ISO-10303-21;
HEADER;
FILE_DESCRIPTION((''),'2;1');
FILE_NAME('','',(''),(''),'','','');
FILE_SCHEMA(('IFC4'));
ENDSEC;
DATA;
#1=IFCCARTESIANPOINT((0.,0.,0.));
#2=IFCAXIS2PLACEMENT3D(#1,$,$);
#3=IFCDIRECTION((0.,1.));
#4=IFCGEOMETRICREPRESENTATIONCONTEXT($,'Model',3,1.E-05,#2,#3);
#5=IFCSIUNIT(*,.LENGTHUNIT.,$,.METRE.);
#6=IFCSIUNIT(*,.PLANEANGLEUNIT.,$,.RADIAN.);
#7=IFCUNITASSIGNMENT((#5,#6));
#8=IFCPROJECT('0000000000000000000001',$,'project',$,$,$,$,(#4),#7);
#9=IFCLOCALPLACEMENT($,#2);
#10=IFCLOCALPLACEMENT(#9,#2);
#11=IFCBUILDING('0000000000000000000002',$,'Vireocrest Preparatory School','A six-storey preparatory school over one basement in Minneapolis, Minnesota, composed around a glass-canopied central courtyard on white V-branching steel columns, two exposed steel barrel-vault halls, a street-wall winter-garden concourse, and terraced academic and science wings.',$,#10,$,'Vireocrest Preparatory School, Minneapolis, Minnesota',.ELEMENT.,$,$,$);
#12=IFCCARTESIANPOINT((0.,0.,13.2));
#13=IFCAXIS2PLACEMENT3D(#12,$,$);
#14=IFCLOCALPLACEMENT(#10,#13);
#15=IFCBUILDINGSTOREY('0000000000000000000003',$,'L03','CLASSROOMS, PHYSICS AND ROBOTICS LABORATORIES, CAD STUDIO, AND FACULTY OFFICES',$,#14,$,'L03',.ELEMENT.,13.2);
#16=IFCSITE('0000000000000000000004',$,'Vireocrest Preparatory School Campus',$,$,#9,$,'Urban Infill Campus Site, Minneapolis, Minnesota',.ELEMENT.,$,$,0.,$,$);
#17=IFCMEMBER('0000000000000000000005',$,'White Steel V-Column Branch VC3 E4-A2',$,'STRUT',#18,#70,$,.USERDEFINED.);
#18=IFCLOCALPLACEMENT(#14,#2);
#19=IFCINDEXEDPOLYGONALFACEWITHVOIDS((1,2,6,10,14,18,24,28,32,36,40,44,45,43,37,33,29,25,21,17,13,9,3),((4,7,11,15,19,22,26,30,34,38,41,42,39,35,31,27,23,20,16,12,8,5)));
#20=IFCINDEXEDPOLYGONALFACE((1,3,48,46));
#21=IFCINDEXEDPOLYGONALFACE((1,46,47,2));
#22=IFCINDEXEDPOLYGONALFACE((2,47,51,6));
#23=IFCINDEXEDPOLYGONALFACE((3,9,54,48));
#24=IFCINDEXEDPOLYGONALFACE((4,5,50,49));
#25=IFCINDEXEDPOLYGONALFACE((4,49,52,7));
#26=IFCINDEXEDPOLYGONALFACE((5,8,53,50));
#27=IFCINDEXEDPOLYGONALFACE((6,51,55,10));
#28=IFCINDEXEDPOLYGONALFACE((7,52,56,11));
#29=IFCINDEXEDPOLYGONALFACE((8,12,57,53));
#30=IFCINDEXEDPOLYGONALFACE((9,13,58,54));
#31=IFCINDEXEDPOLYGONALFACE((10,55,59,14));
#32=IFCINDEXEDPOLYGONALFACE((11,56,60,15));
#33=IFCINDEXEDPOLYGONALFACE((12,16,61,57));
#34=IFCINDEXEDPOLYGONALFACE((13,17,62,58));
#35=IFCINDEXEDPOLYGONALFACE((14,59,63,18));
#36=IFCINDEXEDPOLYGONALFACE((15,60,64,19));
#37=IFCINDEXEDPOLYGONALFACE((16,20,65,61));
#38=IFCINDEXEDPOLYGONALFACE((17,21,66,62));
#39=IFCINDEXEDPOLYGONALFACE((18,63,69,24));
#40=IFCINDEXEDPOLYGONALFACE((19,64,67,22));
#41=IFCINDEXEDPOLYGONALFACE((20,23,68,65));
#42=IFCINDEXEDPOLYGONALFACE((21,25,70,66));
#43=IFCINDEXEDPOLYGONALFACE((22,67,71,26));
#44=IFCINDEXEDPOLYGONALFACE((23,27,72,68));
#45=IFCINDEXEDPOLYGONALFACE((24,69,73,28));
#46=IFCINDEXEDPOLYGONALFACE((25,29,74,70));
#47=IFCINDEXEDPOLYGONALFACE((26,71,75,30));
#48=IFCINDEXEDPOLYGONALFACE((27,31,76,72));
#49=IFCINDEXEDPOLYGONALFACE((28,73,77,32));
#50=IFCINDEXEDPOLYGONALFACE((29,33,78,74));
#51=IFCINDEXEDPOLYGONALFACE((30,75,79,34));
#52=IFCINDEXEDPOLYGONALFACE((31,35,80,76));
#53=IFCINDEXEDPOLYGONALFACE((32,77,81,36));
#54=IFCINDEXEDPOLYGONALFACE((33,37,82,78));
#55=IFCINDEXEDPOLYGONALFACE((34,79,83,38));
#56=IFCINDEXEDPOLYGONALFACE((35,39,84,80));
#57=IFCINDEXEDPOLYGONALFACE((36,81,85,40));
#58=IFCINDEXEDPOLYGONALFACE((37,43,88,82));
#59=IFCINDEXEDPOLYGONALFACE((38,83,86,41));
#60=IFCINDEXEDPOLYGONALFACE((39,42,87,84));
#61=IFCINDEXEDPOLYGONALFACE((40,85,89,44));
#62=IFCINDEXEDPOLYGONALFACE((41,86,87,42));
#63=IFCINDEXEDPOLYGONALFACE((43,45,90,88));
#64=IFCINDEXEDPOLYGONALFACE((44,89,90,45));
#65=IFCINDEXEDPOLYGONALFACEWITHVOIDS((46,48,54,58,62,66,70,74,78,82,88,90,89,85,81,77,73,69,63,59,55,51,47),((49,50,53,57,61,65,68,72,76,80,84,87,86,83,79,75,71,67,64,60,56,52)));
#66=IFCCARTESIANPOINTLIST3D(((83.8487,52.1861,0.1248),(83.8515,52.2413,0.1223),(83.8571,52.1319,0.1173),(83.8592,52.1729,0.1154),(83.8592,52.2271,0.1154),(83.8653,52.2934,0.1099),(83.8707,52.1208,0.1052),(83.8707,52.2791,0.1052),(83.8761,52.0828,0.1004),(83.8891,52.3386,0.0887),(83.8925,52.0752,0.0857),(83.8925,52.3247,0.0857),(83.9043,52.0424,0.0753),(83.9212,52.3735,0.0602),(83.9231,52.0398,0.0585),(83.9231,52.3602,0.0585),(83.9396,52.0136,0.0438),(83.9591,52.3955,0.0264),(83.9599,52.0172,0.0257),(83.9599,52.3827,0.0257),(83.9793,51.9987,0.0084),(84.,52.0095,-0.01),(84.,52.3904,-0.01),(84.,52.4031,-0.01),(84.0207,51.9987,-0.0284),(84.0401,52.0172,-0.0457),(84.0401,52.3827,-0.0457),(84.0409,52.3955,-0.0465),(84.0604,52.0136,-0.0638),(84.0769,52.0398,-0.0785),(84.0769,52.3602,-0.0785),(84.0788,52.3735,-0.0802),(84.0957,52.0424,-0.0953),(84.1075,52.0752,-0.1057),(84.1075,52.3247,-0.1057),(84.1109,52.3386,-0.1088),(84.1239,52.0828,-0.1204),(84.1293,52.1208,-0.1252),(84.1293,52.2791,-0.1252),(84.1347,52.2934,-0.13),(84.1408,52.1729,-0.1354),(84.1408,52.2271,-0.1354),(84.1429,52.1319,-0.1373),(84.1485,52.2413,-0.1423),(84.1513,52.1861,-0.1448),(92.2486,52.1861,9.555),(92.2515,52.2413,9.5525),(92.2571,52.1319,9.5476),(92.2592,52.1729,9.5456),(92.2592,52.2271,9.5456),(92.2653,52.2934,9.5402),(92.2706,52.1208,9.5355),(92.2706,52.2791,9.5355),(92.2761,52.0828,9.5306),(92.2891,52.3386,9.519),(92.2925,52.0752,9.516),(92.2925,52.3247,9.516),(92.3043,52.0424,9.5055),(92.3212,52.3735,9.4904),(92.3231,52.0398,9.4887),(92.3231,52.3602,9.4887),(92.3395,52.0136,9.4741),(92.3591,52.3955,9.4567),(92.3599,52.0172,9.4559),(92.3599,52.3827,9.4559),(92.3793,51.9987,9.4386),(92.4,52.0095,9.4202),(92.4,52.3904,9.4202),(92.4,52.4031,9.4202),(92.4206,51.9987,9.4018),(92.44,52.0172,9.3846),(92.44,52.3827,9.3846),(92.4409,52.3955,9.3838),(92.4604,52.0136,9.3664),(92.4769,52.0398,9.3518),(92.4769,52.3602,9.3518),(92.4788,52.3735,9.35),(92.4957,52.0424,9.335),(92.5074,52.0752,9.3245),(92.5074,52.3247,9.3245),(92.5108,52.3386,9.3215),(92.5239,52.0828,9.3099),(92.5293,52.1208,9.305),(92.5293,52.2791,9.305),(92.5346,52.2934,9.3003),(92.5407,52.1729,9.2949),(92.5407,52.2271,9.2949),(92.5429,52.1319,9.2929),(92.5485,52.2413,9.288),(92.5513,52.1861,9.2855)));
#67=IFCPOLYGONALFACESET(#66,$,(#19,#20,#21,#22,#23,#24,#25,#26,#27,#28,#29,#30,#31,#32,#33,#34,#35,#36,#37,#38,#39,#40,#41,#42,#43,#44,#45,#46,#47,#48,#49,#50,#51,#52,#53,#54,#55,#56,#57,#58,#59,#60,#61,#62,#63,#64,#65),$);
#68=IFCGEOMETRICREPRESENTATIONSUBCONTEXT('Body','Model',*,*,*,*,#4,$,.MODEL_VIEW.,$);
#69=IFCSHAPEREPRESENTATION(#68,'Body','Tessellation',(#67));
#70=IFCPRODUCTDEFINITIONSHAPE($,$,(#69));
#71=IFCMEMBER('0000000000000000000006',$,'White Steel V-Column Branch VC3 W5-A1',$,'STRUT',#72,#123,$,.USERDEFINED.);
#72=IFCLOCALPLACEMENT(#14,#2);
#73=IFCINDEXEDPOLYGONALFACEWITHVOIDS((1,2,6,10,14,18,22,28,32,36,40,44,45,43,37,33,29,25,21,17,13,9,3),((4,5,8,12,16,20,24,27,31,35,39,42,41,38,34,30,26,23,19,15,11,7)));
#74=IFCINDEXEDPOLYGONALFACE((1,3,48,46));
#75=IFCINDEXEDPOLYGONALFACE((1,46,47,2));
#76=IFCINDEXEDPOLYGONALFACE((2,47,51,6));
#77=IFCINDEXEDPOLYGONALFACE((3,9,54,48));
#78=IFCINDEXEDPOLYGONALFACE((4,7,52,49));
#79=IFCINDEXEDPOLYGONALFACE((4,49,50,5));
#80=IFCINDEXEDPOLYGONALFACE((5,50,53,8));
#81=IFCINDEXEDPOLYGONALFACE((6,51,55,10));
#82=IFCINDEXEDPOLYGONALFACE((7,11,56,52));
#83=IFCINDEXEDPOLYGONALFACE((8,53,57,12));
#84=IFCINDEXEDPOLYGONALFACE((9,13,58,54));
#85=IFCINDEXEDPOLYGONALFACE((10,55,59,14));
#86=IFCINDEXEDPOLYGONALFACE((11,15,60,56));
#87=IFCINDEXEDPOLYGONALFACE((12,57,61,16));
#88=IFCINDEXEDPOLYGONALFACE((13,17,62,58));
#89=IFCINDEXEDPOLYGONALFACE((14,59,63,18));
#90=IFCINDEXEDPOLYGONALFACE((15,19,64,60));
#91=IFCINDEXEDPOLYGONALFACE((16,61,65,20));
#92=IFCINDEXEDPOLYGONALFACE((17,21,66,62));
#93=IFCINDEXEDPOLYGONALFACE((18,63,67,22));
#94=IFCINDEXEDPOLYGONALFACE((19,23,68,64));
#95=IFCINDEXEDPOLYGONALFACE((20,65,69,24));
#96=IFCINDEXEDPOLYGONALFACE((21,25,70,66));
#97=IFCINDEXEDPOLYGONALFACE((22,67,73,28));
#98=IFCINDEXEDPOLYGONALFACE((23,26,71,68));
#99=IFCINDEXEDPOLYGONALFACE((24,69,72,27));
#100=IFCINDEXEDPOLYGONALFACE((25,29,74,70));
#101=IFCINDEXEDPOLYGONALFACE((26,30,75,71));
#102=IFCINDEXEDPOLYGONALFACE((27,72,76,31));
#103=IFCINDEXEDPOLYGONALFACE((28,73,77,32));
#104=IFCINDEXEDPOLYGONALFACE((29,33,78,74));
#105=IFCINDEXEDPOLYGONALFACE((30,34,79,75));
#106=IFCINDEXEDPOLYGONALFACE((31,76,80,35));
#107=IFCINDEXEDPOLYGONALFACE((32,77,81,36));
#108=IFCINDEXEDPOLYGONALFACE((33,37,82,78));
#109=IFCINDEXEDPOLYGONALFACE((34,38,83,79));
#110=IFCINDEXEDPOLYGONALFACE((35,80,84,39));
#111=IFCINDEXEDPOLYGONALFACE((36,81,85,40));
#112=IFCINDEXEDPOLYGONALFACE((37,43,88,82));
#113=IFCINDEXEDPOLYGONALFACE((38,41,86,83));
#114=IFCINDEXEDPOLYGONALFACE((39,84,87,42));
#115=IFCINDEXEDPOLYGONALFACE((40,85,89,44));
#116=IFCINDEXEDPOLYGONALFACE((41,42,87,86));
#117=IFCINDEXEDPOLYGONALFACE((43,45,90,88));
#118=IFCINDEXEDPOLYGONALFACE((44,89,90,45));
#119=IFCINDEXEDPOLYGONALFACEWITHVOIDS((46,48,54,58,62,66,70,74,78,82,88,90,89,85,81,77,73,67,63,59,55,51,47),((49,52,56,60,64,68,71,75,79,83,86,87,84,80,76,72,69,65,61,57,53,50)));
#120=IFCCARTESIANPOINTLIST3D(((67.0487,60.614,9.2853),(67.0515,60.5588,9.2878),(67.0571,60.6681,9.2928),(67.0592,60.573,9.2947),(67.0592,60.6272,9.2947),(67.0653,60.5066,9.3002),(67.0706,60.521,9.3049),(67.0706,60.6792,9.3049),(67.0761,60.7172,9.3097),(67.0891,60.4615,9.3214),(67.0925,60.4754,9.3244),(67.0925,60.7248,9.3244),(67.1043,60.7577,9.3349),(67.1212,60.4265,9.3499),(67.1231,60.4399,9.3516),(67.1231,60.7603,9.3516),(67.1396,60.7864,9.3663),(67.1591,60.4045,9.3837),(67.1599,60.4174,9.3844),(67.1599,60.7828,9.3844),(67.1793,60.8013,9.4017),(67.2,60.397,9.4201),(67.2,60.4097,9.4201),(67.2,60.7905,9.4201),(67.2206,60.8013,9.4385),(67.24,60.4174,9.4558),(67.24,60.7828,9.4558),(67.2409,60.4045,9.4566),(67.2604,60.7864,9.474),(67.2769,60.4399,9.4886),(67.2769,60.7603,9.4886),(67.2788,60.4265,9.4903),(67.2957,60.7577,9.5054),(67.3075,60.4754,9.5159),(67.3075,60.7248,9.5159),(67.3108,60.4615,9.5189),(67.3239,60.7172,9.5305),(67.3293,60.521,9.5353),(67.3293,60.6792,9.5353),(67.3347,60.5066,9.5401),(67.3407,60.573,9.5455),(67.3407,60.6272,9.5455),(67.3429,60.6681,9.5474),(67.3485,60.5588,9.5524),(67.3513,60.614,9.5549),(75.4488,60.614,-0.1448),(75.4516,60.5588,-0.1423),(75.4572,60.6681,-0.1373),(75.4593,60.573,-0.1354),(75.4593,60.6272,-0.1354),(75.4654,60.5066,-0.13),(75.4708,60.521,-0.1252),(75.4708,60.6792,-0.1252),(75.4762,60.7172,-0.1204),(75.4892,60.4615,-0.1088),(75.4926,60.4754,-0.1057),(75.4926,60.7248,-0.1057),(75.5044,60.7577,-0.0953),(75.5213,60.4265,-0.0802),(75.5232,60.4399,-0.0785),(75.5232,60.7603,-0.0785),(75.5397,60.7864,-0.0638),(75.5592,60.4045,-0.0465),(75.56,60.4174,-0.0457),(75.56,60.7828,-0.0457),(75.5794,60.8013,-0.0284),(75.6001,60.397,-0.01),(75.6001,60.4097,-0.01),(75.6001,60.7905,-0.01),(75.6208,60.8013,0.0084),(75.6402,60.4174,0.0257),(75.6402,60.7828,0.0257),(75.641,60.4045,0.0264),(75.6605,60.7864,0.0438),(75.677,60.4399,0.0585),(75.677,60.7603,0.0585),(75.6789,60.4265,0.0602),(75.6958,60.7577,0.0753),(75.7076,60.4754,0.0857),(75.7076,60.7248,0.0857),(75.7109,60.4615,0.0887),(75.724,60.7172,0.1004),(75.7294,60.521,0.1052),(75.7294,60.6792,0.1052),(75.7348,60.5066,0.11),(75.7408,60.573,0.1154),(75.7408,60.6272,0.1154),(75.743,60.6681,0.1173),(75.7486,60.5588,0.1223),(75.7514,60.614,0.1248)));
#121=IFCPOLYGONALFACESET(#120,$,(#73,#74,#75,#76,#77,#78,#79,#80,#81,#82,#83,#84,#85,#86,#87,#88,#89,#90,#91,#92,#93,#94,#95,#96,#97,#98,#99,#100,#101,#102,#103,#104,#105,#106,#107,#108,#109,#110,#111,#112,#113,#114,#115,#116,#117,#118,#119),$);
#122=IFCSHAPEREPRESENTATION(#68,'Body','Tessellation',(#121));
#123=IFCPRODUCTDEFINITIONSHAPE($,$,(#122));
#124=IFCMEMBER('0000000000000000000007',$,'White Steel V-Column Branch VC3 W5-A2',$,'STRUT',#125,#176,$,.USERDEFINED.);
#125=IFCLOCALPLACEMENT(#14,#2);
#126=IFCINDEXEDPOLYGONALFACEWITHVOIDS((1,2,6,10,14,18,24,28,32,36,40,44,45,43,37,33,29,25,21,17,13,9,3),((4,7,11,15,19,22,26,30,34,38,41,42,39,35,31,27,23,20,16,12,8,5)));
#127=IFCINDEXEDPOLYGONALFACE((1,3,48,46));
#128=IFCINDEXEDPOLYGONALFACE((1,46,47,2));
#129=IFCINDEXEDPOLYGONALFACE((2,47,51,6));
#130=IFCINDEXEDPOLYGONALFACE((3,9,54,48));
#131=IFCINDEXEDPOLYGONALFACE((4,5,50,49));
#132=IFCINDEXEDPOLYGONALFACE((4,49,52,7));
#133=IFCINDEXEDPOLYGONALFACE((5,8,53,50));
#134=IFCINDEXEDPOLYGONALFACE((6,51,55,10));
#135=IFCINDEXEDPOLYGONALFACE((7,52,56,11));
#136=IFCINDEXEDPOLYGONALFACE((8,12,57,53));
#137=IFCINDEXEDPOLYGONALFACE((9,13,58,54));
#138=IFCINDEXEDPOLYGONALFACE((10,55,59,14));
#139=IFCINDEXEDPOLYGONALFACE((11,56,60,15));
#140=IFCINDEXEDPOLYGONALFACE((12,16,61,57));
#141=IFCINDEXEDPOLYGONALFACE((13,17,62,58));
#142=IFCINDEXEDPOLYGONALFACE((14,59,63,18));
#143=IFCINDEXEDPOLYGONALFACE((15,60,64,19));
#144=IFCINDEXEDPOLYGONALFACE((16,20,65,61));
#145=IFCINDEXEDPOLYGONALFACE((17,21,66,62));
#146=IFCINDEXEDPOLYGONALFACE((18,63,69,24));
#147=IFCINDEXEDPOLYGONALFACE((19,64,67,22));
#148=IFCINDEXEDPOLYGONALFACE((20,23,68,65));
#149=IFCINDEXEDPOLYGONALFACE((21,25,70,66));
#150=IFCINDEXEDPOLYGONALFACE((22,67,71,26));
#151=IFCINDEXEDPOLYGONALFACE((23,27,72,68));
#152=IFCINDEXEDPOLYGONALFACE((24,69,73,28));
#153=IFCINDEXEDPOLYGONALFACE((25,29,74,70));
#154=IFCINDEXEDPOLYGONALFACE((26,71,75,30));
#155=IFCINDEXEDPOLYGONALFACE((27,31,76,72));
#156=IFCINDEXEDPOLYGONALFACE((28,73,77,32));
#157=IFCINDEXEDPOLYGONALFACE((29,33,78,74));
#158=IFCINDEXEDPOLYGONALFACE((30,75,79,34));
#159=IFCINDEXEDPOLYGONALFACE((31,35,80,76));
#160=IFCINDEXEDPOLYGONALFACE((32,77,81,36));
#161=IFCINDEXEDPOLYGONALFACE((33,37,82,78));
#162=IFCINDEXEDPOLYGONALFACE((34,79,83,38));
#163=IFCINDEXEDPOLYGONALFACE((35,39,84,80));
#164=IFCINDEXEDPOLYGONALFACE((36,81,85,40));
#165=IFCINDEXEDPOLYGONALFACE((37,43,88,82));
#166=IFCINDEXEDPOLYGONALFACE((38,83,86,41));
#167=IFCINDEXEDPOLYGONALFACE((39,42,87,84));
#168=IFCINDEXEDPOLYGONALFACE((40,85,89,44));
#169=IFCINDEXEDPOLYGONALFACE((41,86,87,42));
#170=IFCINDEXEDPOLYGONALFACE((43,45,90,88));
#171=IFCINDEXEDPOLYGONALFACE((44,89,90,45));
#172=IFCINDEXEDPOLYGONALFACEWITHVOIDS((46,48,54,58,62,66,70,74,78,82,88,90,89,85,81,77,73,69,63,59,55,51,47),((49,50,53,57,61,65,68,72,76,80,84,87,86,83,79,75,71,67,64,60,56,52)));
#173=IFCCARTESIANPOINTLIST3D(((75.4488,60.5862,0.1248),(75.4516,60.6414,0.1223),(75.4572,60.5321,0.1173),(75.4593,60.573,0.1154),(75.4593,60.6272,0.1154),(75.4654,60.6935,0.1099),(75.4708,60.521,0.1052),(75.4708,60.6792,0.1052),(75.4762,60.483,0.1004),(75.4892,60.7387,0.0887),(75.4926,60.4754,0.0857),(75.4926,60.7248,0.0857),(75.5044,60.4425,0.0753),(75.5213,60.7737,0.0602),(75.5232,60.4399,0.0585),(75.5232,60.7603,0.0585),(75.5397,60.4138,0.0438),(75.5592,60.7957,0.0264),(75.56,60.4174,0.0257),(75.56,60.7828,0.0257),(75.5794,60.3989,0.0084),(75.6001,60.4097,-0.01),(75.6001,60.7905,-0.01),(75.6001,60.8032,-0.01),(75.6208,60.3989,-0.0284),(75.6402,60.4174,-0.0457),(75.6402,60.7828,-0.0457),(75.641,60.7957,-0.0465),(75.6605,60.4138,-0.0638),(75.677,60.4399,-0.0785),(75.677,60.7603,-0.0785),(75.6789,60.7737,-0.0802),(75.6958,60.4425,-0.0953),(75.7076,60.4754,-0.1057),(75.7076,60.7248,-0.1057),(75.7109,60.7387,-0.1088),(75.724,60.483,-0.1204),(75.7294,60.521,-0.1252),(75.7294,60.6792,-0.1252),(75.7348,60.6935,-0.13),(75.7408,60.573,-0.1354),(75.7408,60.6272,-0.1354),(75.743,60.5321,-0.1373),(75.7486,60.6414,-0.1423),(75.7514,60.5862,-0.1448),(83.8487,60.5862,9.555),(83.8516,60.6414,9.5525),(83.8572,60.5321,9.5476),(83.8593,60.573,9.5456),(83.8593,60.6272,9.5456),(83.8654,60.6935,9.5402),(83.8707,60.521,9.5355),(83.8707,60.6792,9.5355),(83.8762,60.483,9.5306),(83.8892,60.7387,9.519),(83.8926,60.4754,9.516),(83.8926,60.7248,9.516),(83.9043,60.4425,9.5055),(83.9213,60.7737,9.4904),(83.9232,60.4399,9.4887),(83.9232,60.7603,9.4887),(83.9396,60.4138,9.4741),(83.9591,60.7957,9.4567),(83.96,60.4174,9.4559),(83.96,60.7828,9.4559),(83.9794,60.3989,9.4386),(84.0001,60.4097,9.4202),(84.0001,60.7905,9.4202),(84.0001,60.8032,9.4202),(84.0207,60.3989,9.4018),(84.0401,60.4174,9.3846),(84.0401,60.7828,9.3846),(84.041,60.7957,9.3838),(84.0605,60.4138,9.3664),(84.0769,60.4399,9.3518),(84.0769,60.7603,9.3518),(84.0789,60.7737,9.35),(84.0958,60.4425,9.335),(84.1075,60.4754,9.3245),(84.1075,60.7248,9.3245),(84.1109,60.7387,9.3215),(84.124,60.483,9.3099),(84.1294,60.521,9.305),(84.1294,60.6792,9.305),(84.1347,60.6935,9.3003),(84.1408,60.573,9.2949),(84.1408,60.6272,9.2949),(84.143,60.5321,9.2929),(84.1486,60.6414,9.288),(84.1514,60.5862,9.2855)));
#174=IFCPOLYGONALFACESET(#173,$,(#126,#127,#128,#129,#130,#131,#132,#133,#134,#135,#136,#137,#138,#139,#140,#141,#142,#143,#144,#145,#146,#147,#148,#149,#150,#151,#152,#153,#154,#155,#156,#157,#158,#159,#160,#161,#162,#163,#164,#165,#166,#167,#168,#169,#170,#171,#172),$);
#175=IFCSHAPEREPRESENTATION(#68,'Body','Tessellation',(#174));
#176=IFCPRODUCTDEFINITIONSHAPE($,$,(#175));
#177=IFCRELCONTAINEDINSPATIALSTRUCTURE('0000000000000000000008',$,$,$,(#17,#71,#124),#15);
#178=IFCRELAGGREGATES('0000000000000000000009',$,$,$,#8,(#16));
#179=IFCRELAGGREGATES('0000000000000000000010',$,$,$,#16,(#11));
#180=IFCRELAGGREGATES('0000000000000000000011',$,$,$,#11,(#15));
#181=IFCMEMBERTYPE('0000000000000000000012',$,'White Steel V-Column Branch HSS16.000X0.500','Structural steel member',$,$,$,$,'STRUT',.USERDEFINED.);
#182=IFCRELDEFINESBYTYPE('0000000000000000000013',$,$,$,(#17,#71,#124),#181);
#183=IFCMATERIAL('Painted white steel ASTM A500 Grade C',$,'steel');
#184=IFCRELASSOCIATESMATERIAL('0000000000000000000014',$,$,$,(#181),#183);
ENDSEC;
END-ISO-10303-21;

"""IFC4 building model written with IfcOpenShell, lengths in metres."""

from ifc_helpers import new_model, si_unit, direction, frame, origin, origin_2d, place, context, subcontext, project, spatial, hollow_circle, extrude, material, material_profile, profile_set, type_object, element, save


model = new_model("IFC4")

# Units and contexts
model_context = context("Model", 3, precision=1e-05, world=origin(), true_north=direction((0.0, 1.0)))
body_context = subcontext(model_context, "Body", "Model", "MODEL_VIEW")
ifc_project = project(units=[si_unit("LENGTHUNIT", "METRE"), si_unit("PLANEANGLEUNIT", "RADIAN")], contexts=[model_context])

# Site, building, storey
site_placement = place(None, origin())
site = spatial("IfcSite", under=ifc_project, at=site_placement, Name="Vireocrest Preparatory School Campus", LongName="Urban Infill Campus Site, Minneapolis, Minnesota", CompositionType="ELEMENT", RefElevation=0.0)
building_placement = place(site_placement, origin())
building = spatial("IfcBuilding", under=site, at=building_placement, Name="Vireocrest Preparatory School", Description="A six-storey preparatory school over one basement in Minneapolis, Minnesota, composed around a glass-canopied central courtyard on white V-branching steel columns, two exposed steel barrel-vault halls, a street-wall winter-garden concourse, and terraced academic and science wings.", LongName="Vireocrest Preparatory School, Minneapolis, Minnesota", CompositionType="ELEMENT")
storey_placement = place(building_placement, frame((0.0, 0.0, 13.2)))
storey = spatial("IfcBuildingStorey", under=building, at=storey_placement, Name="L03", Description="CLASSROOMS, PHYSICS AND ROBOTICS LABORATORIES, CAD STUDIO, AND FACULTY OFFICES", LongName="L03", CompositionType="ELEMENT", Elevation=13.2)

# Members
ifc_material_1 = material(Name="Painted white steel ASTM A500 Grade C", Category="steel")
ifc_material_profile_1 = material_profile(ifc_material_1, hollow_circle(Radius=0.2031, WallThickness=0.0127, at=origin_2d()), Name="HSS16.000X0.500")
ifc_profile_set_1 = profile_set([ifc_material_profile_1], Name="Painted white steel ASTM A500 Grade C")
member_type_1 = type_object("IfcMemberType", Name="White Steel V-Column Branch HSS16.000X0.500", Description="Structural steel member", ElementType="STRUT", PredefinedType="USERDEFINED", material=ifc_profile_set_1)
for number, where, z_axis, x_axis, name in (
    (1, (84.0, 52.2, -0.01), (0.665139, 0.0, 0.74672), (0.0, 1.0, 0.0), "White Steel V-Column Branch VC3 E4-A2"),
    (2, (75.6001, 60.6001, -0.01), (-0.665149, 0.0, 0.74671), (0.0, -1.0, 0.0), "White Steel V-Column Branch VC3 W5-A1"),
    (3, (75.6001, 60.6001, -0.01), (0.665139, 0.0, 0.74672), (0.0, 1.0, 0.0), "White Steel V-Column Branch VC3 W5-A2"),
):
    element("IfcMember", number, at=place(storey_placement, frame(where, z_axis=z_axis, x_axis=x_axis)), inside=storey, type_object=member_type_1, Name=name, ObjectType="STRUT", PredefinedType="USERDEFINED", context=body_context, shape_type="SweptSolid", body=[
        extrude(hollow_circle(Radius=0.2031, WallThickness=0.0127, at=origin_2d()), origin(), (0.0, 0.0, 1.0), 12.6289),
    ])

save(model, "model.ifc")
